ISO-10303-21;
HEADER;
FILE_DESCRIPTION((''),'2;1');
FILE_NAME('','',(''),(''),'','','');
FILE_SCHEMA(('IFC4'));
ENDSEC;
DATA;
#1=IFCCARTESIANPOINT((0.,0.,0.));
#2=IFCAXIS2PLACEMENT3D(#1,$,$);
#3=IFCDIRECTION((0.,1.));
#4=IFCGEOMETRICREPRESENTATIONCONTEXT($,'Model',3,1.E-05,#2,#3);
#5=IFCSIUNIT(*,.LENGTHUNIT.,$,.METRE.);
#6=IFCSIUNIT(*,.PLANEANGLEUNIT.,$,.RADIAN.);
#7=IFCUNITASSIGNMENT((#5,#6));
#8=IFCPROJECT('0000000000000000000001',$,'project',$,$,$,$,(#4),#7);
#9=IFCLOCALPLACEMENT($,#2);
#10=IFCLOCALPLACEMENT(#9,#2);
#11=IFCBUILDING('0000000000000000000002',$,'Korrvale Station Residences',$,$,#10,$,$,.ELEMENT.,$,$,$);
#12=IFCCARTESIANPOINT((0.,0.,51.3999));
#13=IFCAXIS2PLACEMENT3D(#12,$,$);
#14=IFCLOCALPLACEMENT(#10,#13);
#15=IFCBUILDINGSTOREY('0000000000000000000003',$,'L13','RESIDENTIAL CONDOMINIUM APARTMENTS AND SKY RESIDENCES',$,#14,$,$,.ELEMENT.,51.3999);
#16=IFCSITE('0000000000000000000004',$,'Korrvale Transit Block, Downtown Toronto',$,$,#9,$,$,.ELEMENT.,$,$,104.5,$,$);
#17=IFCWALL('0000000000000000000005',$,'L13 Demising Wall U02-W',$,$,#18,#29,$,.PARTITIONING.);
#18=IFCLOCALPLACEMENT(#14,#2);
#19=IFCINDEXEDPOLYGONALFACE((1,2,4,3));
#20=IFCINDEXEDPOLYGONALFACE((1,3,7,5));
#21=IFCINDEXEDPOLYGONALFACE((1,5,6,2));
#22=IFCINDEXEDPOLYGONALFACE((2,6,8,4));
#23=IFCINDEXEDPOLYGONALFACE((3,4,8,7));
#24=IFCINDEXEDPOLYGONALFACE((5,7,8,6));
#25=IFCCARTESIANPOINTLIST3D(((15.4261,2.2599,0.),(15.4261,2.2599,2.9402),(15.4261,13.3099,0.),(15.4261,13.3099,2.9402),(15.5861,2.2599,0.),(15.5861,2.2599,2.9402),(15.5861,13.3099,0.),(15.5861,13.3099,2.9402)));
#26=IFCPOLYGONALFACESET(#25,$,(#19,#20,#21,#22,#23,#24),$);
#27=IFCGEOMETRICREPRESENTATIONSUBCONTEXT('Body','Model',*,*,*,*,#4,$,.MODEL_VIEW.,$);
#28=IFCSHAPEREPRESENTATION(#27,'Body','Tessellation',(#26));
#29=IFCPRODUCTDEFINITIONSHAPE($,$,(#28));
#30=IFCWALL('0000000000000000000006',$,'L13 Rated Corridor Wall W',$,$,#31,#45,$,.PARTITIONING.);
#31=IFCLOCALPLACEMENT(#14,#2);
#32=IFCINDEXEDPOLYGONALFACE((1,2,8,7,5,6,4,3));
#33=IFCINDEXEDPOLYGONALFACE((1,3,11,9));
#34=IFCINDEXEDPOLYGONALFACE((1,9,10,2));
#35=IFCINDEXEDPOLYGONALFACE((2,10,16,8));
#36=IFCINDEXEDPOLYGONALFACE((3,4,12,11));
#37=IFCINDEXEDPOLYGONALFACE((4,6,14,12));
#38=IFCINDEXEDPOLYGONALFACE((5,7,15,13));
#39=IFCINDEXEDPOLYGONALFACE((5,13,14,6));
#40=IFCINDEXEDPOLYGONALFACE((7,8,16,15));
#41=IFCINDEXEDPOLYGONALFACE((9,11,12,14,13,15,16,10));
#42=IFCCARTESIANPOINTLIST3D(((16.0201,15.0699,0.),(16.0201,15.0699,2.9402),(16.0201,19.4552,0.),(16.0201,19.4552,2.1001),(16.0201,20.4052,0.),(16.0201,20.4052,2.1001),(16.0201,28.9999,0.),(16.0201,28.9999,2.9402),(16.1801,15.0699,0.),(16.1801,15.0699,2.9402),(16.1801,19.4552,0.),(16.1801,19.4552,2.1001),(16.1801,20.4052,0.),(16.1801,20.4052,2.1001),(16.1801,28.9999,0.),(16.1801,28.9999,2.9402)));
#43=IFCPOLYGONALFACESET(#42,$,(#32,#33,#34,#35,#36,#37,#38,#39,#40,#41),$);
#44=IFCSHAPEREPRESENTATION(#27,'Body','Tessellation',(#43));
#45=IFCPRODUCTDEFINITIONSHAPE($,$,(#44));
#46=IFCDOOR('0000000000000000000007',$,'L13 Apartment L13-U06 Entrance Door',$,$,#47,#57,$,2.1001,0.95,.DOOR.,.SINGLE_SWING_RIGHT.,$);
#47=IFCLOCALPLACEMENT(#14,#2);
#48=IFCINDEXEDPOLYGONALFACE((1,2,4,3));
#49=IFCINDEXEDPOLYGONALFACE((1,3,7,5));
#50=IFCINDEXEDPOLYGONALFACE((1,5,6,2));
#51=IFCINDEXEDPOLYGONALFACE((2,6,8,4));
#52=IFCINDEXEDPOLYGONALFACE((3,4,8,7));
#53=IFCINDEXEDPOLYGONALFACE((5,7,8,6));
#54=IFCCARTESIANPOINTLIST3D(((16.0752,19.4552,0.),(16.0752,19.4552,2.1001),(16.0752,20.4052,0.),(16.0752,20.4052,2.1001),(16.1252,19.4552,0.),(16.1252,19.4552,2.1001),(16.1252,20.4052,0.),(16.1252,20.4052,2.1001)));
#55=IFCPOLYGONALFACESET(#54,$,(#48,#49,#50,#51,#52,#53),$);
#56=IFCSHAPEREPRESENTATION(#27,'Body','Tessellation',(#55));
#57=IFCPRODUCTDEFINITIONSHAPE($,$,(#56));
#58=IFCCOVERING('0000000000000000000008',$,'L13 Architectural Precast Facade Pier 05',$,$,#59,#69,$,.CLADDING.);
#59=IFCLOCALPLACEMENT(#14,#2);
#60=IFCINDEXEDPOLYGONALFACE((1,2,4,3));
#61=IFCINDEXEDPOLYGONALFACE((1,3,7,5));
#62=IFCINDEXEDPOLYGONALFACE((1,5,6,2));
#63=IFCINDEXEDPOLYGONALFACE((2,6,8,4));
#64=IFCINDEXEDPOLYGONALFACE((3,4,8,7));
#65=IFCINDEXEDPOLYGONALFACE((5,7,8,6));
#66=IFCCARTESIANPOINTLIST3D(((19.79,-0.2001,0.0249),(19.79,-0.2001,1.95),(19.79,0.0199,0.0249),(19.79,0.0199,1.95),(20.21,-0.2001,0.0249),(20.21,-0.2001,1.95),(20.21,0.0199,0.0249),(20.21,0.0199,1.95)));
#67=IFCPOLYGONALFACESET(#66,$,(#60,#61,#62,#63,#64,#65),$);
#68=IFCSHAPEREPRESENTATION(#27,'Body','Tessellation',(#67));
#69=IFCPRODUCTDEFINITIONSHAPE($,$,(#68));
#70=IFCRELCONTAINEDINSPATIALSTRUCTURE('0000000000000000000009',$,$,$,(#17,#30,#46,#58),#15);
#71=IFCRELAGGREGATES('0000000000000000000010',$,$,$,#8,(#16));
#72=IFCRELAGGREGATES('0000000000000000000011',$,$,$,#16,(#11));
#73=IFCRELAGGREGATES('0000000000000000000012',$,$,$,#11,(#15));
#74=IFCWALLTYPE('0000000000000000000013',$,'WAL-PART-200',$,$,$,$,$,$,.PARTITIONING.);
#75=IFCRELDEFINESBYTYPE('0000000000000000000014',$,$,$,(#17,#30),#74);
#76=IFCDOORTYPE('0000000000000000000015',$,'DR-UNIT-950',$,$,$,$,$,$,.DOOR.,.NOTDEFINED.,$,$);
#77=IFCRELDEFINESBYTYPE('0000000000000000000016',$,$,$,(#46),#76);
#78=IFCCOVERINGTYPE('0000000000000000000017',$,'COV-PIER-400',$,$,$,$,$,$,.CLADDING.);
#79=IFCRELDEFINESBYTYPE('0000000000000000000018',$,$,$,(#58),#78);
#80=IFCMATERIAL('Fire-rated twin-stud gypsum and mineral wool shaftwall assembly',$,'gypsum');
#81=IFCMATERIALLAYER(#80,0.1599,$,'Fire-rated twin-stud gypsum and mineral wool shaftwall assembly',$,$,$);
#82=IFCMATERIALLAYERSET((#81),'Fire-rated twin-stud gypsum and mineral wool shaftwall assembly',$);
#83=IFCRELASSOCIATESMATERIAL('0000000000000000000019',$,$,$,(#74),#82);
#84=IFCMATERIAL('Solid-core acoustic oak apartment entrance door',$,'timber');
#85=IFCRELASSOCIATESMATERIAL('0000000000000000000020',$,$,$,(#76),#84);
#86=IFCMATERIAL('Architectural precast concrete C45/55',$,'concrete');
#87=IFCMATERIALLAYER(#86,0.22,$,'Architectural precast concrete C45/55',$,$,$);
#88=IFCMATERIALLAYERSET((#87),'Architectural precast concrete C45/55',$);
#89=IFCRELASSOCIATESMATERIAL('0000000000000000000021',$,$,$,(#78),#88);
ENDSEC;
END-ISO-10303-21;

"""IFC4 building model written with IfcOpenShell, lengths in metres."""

from ifc_helpers import new_model, si_unit, direction, frame, frame_2d, origin, origin_2d, place, context, subcontext, project, spatial, rectangle, extrude, material, layer, layer_set, type_object, element, fill, save


model = new_model("IFC4")

# Units and contexts
model_context = context("Model", 3, precision=1e-05, world=origin(), true_north=direction((0.0, 1.0)))
body_context = subcontext(model_context, "Body", "Model", "MODEL_VIEW")
ifc_project = project(units=[si_unit("LENGTHUNIT", "METRE"), si_unit("PLANEANGLEUNIT", "RADIAN")], contexts=[model_context])

# Site, building, storey
site_placement = place(None, origin())
site = spatial("IfcSite", under=ifc_project, at=site_placement, Name="Korrvale Transit Block, Downtown Toronto", CompositionType="ELEMENT", RefElevation=104.5)
building_placement = place(site_placement, origin())
building = spatial("IfcBuilding", under=site, at=building_placement, Name="Korrvale Station Residences", CompositionType="ELEMENT")
storey_placement = place(building_placement, frame((0.0, 0.0, 51.3999)))
storey = spatial("IfcBuildingStorey", under=building, at=storey_placement, Name="L13", Description="RESIDENTIAL CONDOMINIUM APARTMENTS AND SKY RESIDENCES", CompositionType="ELEMENT", Elevation=51.3999)

# Shared definitions
ifc_material_1 = material(Name="Fire-rated twin-stud gypsum and mineral wool shaftwall assembly", Category="gypsum")
ifc_layer_1 = layer(ifc_material_1, 0.1599, Name="Fire-rated twin-stud gypsum and mineral wool shaftwall assembly")
ifc_layer_set_1 = layer_set([ifc_layer_1], Name="Fire-rated twin-stud gypsum and mineral wool shaftwall assembly")
wall_type_1 = type_object("IfcWallType", Name="WAL-PART-200", PredefinedType="PARTITIONING", material=ifc_layer_set_1)

# Wall
wall_1_placement = place(storey_placement, frame((15.5061, 2.26, 0.0), z_axis=(0.0, 0.0, 1.0), x_axis=(0.0, 1.0, 0.0)))
element("IfcWall", 1, at=wall_1_placement, inside=storey, type_object=wall_type_1, Name="L13 Demising Wall U02-W", PredefinedType="PARTITIONING", context=body_context, shape_type="SweptSolid", body=[
    extrude(rectangle(XDim=11.05, YDim=0.1599, at=frame_2d((5.5249, 0.0))), origin(), (0.0, 0.0, 1.0), 2.9402),
])

# Wall, opening, door
wall_2_placement = place(storey_placement, frame((16.1001, 15.0701, 0.0), z_axis=(0.0, 0.0, 1.0), x_axis=(0.0, 1.0, 0.0)))
wall_2 = element("IfcWall", 2, at=wall_2_placement, inside=storey, type_object=wall_type_1, Name="L13 Rated Corridor Wall W", PredefinedType="PARTITIONING", context=body_context, shape_type="SweptSolid", body=[
    extrude(rectangle(XDim=13.9299, YDim=0.1599, at=frame_2d((6.9648, 0.0))), origin(), (0.0, 0.0, 1.0), 2.9402),
])
opening_1_placement = place(wall_2_placement, frame((4.385, 0.0, 0.0)))
opening_1 = element("IfcOpeningElement", 3, at=opening_1_placement, cuts=wall_2, PredefinedType="OPENING", context=body_context, shape_type="SweptSolid", body=[
    extrude(rectangle(XDim=0.95, YDim=2.1001, at=frame_2d((0.4751, 1.05))), frame((0.0, 0.0898, 0.0), z_axis=(0.0, -1.0, 0.0), x_axis=(1.0, 0.0, 0.0)), (0.0, 0.0, 1.0), 0.1799),
])
ifc_material_2 = material(Name="Solid-core acoustic oak apartment entrance door", Category="timber")
door_type_1 = type_object("IfcDoorType", Name="DR-UNIT-950", OperationType="NOTDEFINED", PredefinedType="DOOR", material=ifc_material_2)
door_1_placement = place(opening_1_placement, origin())
door_1 = element("IfcDoor", 4, at=door_1_placement, inside=storey, type_object=door_type_1, Name="L13 Apartment L13-U06 Entrance Door", OperationType="SINGLE_SWING_RIGHT", OverallHeight=2.1001, OverallWidth=0.95, PredefinedType="DOOR", context=body_context, shape_type="SweptSolid", body=[
    extrude(rectangle(XDim=0.95, YDim=2.1001, at=frame_2d((0.4751, 1.05))), frame((0.0, 0.0249, 0.0), z_axis=(0.0, -1.0, 0.0), x_axis=(1.0, 0.0, 0.0)), (0.0, 0.0, 1.0), 0.05),
])
fill(opening_1, door_1)

# Covering
ifc_material_3 = material(Name="Architectural precast concrete C45/55", Category="concrete")
ifc_layer_2 = layer(ifc_material_3, 0.22, Name="Architectural precast concrete C45/55")
ifc_layer_set_2 = layer_set([ifc_layer_2], Name="Architectural precast concrete C45/55")
covering_type = type_object("IfcCoveringType", Name="COV-PIER-400", PredefinedType="CLADDING", material=ifc_layer_set_2)
covering_placement = place(storey_placement, frame((20.0, -0.0901, 0.0249), z_axis=(0.0, 0.0, 1.0), x_axis=(1.0, 0.0, 0.0)))
element("IfcCovering", 5, at=covering_placement, inside=storey, type_object=covering_type, Name="L13 Architectural Precast Facade Pier 05", PredefinedType="CLADDING", context=body_context, shape_type="SweptSolid", body=[
    extrude(rectangle(XDim=0.4199, YDim=0.22, at=origin_2d()), origin(), (0.0, 0.0, 1.0), 1.925),
])

save(model, "model.ifc")
